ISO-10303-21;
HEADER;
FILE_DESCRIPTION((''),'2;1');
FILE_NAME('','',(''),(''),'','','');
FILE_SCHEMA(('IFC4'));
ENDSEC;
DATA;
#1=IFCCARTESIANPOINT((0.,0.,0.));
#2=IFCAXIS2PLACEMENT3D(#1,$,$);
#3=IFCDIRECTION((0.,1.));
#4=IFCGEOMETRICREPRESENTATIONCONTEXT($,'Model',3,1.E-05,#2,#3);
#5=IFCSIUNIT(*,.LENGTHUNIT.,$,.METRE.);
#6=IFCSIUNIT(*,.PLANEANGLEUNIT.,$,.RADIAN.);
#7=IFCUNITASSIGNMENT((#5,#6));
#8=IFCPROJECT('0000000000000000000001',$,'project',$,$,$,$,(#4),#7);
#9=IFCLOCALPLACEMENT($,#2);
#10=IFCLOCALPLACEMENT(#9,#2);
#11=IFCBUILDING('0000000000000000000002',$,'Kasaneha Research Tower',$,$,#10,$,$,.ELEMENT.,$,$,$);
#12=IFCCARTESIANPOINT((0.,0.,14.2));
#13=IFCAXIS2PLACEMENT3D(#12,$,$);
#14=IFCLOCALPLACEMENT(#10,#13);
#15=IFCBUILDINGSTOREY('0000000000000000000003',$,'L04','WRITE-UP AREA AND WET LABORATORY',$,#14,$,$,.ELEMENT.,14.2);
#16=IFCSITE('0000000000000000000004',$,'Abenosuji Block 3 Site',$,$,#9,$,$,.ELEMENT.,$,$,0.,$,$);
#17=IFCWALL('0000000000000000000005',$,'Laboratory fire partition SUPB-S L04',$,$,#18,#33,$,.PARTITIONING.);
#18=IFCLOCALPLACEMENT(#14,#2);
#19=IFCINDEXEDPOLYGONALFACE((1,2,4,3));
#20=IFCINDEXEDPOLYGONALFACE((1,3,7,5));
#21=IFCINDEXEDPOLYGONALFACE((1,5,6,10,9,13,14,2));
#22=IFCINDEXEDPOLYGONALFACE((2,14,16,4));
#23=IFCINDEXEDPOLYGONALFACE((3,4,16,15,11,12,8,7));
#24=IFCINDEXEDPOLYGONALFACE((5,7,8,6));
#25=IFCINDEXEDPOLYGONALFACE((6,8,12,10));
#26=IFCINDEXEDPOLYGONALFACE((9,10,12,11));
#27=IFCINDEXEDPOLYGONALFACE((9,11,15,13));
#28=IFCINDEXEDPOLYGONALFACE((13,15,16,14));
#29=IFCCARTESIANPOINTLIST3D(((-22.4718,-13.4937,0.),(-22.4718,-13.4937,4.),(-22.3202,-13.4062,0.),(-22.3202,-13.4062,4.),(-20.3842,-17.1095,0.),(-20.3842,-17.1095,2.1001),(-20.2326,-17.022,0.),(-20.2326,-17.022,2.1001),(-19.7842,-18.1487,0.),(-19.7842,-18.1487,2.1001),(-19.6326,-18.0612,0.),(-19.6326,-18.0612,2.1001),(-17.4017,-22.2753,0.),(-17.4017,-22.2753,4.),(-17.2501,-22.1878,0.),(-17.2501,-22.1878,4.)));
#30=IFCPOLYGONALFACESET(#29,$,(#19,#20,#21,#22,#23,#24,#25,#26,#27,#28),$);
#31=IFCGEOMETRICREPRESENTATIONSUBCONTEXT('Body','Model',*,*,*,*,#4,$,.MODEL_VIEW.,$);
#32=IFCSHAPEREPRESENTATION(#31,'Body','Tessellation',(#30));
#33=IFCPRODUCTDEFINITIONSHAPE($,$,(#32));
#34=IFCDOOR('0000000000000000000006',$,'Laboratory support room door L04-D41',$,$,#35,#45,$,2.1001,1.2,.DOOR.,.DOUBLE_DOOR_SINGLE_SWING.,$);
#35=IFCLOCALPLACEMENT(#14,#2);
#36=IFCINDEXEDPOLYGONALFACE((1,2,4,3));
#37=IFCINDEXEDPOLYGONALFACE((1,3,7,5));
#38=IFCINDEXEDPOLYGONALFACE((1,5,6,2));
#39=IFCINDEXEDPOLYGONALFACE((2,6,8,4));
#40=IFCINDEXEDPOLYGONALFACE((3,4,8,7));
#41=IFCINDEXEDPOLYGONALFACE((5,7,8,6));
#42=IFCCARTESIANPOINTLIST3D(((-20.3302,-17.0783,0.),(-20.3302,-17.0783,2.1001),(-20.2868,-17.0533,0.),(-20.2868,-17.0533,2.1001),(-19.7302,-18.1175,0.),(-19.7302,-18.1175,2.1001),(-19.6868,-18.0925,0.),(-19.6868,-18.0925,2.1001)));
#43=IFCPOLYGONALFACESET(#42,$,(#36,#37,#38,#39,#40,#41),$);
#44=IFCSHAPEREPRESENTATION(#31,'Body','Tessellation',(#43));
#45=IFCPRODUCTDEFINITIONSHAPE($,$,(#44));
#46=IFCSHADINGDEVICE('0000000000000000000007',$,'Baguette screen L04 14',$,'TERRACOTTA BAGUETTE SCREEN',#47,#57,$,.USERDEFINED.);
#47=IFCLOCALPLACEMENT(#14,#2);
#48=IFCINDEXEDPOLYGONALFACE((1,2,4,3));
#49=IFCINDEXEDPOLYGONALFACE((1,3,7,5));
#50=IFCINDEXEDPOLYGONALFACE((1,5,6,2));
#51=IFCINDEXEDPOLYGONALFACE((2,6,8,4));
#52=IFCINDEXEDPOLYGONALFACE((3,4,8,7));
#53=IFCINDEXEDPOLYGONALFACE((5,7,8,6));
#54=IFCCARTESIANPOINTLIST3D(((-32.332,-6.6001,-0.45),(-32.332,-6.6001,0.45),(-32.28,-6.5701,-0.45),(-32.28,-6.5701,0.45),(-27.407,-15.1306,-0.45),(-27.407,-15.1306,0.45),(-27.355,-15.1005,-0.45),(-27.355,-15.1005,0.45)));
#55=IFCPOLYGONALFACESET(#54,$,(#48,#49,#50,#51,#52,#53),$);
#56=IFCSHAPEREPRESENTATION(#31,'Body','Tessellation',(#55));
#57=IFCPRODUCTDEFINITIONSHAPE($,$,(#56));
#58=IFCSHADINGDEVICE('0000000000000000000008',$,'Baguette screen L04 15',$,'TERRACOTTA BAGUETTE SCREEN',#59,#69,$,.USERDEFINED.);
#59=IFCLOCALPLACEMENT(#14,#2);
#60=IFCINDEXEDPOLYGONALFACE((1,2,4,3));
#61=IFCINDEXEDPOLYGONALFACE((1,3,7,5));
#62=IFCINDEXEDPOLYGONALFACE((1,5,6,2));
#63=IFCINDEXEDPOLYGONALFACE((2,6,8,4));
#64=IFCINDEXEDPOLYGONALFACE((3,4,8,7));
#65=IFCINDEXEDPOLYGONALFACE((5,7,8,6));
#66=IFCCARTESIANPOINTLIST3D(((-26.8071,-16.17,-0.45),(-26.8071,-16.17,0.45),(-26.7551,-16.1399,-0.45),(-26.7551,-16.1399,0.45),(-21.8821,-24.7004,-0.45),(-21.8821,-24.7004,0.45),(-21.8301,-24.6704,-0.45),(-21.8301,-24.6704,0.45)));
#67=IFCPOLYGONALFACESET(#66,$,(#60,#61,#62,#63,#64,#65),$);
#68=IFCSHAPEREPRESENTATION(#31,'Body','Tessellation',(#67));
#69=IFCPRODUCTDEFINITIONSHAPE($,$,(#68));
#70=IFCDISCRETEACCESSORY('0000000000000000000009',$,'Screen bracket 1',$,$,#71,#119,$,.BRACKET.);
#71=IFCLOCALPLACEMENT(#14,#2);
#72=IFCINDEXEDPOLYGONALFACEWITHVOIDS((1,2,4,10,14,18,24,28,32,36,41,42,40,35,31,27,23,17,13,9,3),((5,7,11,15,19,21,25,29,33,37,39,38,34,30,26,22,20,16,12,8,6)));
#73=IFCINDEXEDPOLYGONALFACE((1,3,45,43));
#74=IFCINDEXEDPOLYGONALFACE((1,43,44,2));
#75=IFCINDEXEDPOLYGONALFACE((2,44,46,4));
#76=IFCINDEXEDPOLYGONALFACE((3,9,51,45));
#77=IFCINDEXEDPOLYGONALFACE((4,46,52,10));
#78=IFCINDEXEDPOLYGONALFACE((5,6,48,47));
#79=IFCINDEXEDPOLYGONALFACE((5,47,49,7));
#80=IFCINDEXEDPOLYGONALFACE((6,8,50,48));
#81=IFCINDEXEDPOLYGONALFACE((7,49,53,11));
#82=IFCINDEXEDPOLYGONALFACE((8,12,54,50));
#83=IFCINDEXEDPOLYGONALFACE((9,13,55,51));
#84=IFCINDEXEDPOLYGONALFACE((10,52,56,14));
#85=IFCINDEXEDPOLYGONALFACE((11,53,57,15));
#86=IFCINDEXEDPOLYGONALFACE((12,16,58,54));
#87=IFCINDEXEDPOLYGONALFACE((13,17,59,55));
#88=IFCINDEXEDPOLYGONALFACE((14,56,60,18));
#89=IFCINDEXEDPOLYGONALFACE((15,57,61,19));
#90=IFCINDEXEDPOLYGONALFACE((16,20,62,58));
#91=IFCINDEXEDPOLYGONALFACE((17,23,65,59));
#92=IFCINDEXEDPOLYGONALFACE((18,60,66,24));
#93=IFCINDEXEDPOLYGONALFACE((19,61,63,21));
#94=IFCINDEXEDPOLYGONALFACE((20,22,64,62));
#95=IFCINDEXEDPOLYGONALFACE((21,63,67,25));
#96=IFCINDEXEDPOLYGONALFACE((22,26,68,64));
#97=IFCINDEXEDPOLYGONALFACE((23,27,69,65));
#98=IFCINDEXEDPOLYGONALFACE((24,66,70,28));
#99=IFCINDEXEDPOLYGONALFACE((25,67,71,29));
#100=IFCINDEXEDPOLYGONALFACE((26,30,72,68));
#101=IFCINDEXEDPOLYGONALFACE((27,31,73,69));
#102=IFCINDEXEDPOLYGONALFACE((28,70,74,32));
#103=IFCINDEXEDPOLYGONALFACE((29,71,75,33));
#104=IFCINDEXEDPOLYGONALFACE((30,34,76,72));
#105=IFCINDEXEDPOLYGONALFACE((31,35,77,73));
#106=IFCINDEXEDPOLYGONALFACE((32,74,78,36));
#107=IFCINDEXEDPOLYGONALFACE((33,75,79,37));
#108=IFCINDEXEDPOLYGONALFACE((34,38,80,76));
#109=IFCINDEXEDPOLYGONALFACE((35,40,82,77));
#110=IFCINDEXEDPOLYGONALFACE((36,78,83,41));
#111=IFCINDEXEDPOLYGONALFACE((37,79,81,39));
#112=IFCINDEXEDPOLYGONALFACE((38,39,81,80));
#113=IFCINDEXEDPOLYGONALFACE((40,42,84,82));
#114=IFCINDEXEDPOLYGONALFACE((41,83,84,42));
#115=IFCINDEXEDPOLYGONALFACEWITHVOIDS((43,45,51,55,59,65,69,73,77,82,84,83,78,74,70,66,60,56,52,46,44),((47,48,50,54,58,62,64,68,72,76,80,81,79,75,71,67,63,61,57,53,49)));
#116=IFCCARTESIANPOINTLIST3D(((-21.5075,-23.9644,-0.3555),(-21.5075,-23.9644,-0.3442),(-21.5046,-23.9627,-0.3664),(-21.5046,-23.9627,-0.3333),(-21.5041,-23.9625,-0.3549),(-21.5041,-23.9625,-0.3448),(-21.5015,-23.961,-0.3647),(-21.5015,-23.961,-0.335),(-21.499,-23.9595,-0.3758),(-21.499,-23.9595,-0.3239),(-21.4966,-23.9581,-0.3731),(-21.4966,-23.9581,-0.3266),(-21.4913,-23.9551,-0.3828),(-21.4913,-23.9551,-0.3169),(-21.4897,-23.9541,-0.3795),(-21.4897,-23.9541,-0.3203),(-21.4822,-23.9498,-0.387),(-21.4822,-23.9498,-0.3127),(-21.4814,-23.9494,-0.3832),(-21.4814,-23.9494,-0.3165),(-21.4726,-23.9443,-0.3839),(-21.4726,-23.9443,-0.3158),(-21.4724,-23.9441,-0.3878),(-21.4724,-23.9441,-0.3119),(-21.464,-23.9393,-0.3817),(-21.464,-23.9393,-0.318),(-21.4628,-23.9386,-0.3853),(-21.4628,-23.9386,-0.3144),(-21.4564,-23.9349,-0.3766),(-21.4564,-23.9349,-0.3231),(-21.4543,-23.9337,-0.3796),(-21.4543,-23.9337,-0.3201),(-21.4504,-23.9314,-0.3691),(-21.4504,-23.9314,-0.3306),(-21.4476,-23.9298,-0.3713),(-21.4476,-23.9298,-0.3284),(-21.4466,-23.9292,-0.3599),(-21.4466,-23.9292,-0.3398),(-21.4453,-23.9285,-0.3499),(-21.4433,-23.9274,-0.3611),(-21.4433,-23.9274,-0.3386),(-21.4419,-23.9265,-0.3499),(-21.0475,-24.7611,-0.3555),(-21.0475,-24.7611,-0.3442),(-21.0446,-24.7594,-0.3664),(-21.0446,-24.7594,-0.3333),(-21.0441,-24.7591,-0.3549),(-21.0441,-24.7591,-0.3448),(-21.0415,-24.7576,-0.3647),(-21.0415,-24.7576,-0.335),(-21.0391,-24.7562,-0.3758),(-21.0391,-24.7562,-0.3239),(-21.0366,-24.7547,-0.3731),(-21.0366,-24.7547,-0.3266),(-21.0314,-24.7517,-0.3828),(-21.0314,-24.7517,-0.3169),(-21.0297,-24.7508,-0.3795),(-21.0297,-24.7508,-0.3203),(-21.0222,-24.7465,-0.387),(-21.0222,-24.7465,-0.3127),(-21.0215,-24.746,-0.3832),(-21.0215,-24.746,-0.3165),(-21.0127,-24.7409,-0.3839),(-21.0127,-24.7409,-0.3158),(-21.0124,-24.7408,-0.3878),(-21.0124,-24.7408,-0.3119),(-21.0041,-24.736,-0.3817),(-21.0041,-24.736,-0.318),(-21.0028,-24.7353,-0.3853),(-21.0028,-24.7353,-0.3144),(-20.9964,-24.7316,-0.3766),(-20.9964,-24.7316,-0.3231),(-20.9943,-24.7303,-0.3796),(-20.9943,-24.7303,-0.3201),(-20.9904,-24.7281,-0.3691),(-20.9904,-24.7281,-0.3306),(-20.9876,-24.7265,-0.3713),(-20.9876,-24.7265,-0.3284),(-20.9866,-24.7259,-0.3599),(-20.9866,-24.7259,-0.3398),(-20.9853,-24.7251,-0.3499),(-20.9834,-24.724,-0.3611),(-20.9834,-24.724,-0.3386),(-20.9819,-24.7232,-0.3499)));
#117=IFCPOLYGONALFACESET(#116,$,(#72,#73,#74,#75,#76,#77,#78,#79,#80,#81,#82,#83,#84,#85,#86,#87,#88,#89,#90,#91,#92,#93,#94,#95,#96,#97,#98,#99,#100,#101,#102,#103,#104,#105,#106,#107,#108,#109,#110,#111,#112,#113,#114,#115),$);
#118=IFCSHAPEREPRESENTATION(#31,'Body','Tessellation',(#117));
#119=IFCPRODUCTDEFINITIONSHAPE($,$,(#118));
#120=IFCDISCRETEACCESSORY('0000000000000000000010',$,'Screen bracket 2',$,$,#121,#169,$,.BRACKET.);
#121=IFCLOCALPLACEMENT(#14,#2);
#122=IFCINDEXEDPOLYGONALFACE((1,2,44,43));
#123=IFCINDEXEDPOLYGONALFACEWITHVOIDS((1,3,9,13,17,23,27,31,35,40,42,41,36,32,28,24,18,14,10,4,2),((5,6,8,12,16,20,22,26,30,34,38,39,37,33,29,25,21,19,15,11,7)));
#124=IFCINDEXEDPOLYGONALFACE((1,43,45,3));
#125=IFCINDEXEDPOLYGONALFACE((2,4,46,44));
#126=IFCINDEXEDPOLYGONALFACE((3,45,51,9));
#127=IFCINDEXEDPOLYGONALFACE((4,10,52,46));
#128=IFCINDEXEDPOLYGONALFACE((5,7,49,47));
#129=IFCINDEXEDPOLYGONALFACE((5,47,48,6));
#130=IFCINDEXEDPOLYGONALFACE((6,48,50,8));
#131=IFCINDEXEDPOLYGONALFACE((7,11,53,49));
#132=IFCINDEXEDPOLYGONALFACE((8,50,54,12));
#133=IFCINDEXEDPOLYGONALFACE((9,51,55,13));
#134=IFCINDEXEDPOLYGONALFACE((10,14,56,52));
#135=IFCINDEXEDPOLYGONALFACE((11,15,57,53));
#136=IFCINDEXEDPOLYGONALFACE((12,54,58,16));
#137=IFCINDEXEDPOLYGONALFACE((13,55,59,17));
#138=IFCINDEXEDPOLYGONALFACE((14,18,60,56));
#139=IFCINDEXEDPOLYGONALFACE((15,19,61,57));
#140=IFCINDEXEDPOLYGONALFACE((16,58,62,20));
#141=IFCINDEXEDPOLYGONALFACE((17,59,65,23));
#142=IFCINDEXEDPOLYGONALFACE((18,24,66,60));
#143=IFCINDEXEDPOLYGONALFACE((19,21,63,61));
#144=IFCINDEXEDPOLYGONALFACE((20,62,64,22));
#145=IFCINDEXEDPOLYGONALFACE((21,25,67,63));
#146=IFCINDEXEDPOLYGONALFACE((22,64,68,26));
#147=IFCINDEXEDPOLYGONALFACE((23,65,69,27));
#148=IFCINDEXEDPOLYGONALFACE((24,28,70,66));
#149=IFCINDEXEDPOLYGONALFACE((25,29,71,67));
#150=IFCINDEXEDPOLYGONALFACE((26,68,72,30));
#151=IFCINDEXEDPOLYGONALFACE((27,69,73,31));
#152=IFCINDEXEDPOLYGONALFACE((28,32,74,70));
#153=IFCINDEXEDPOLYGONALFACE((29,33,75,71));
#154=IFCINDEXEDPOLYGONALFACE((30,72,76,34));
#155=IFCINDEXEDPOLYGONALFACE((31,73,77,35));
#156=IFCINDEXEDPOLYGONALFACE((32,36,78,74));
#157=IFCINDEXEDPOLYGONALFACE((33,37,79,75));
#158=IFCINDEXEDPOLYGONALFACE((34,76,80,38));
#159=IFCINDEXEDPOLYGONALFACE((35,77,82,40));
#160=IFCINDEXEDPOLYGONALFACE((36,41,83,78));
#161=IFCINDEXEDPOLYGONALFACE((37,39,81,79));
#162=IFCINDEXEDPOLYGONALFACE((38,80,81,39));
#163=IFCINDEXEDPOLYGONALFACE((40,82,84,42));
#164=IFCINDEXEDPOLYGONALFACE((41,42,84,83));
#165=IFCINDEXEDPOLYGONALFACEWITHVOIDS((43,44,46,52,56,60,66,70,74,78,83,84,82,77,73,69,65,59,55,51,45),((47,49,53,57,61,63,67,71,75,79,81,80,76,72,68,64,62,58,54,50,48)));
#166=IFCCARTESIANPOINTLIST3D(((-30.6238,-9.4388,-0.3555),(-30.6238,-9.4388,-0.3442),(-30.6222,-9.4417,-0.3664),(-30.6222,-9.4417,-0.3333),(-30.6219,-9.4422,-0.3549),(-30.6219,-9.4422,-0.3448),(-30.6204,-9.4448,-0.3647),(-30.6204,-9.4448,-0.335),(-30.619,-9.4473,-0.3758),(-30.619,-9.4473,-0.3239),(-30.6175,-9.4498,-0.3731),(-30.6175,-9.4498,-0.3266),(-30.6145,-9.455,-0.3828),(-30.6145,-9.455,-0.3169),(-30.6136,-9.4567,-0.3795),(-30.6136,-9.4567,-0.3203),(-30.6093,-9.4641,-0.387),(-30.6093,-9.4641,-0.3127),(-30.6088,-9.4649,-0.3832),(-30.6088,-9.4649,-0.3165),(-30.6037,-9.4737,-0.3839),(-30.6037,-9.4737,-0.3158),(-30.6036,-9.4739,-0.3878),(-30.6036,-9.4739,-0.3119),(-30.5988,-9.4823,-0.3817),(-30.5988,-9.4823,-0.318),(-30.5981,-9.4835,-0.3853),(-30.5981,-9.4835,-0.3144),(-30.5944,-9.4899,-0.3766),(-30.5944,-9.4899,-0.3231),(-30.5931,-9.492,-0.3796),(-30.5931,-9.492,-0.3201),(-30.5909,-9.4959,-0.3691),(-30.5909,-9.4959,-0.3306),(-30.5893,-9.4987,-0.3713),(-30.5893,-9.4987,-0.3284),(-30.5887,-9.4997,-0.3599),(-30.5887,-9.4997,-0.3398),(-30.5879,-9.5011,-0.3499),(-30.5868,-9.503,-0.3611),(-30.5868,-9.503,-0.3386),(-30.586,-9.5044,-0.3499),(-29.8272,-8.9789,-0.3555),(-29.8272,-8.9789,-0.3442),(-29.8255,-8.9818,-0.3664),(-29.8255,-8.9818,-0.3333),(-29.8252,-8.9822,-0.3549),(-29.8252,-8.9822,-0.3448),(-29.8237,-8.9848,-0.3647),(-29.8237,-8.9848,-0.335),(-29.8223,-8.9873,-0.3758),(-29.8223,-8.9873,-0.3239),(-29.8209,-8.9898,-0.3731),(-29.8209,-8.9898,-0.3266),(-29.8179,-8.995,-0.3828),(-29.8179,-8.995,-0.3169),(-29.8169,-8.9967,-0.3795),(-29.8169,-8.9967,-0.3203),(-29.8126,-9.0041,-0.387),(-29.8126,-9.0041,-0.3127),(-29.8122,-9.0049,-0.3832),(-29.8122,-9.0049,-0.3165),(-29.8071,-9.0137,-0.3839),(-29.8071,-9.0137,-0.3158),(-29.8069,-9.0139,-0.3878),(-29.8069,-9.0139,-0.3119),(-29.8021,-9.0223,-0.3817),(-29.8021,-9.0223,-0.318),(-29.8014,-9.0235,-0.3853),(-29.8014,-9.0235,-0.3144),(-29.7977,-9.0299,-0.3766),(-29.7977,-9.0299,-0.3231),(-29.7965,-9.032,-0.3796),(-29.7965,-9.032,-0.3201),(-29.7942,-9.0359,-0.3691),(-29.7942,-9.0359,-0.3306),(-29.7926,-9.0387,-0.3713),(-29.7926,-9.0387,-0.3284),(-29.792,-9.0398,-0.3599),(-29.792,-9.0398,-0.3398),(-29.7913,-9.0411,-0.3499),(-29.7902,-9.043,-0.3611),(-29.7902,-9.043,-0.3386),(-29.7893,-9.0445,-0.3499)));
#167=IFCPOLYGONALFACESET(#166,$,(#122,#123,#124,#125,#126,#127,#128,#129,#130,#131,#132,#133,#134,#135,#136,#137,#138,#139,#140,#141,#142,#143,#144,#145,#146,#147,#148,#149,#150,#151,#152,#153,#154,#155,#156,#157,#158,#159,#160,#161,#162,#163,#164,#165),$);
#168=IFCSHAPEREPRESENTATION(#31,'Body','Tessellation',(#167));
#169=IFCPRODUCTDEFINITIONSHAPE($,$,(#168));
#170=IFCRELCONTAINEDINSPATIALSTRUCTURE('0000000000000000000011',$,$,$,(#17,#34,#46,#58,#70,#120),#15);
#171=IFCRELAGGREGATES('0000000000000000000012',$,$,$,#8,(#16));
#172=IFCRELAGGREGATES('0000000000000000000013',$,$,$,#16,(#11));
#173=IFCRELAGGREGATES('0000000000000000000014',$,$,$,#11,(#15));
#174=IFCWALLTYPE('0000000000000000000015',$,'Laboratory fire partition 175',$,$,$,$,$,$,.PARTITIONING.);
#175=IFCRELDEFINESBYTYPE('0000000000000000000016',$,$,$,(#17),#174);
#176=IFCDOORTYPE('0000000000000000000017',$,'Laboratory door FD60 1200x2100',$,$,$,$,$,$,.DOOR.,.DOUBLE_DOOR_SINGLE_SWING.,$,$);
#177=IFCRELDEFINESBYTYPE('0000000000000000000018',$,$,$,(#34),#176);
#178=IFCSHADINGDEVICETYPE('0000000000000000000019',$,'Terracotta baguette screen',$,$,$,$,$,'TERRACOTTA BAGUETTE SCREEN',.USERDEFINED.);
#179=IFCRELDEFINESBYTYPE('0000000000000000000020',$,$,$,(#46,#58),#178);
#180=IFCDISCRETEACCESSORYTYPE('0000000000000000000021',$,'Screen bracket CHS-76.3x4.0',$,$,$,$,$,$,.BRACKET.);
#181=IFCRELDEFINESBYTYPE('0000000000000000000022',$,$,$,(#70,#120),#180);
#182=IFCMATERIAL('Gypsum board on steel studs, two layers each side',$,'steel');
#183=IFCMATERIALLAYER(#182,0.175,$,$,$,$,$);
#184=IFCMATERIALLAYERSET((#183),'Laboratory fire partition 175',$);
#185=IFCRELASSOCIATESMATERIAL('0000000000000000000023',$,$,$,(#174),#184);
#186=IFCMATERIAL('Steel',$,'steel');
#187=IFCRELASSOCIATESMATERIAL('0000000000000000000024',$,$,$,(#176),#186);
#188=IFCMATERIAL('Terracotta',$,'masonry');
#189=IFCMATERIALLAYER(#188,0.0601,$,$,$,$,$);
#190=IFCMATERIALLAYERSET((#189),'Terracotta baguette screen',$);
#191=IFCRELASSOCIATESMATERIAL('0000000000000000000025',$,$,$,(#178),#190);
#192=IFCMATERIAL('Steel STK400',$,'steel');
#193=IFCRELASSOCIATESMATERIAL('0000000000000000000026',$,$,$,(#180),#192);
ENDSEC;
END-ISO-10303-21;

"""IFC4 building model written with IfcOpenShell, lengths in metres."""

from ifc_helpers import new_model, si_unit, direction, frame, frame_2d, origin, origin_2d, place, context, subcontext, project, spatial, rectangle, hollow_circle, extrude, material, layer, layer_set, material_profile, profile_set, type_object, element, fill, save


model = new_model("IFC4")

# Units and contexts
model_context = context("Model", 3, precision=1e-05, world=origin(), true_north=direction((0.0, 1.0)))
body_context = subcontext(model_context, "Body", "Model", "MODEL_VIEW")
ifc_project = project(units=[si_unit("LENGTHUNIT", "METRE"), si_unit("PLANEANGLEUNIT", "RADIAN")], contexts=[model_context])

# Site, building, storey
site_placement = place(None, origin())
site = spatial("IfcSite", under=ifc_project, at=site_placement, Name="Abenosuji Block 3 Site", CompositionType="ELEMENT", RefElevation=0.0)
building_placement = place(site_placement, origin())
building = spatial("IfcBuilding", under=site, at=building_placement, Name="Kasaneha Research Tower", CompositionType="ELEMENT")
storey_placement = place(building_placement, frame((0.0, 0.0, 14.2)))
storey = spatial("IfcBuildingStorey", under=building, at=storey_placement, Name="L04", Description="WRITE-UP AREA AND WET LABORATORY", CompositionType="ELEMENT", Elevation=14.2)

# Wall, opening, door
ifc_material_1 = material(Name="Gypsum board on steel studs, two layers each side", Category="steel")
ifc_layer_1 = layer(ifc_material_1, 0.175)
ifc_layer_set_1 = layer_set([ifc_layer_1], Name="Laboratory fire partition 175")
wall_type = type_object("IfcWallType", Name="Laboratory fire partition 175", PredefinedType="PARTITIONING", material=ifc_layer_set_1)
ifc_material_2 = material(Name="Steel", Category="steel")
door_type = type_object("IfcDoorType", Name="Laboratory door FD60 1200x2100", OperationType="DOUBLE_DOOR_SINGLE_SWING", PredefinedType="DOOR", material=ifc_material_2)
wall_1_placement = place(storey_placement, frame((-22.396, -13.45, 0.0), z_axis=(0.0, 0.0, 1.0), x_axis=(0.500005, -0.866022, 0.0)))
wall_1 = element("IfcWall", 1, at=wall_1_placement, inside=storey, type_object=wall_type, Name="Laboratory fire partition SUPB-S L04", PredefinedType="PARTITIONING", context=body_context, shape_type="SweptSolid", body=[
    extrude(rectangle(XDim=10.1401, YDim=0.175, at=frame_2d((5.0701, 0.0))), origin(), (0.0, 0.0, 1.0), 4.0),
])
opening_1_placement = place(wall_1_placement, frame((4.175, 0.0, 0.0)))
opening_1 = element("IfcOpeningElement", 2, at=opening_1_placement, cuts=wall_1, PredefinedType="OPENING", context=body_context, shape_type="SweptSolid", body=[
    extrude(rectangle(XDim=1.2, YDim=2.1001, at=frame_2d((0.6001, 1.05))), frame((0.0, 0.0977, 0.0), z_axis=(0.0, -1.0, 0.0), x_axis=(1.0, 0.0, 0.0)), (0.0, 0.0, 1.0), 0.1951),
])
door_1_placement = place(opening_1_placement, origin())
door_1 = element("IfcDoor", 3, at=door_1_placement, inside=storey, type_object=door_type, Name="Laboratory support room door L04-D41", OperationType="DOUBLE_DOOR_SINGLE_SWING", OverallHeight=2.1001, OverallWidth=1.2, PredefinedType="DOOR", context=body_context, shape_type="SweptSolid", body=[
    extrude(rectangle(XDim=1.2, YDim=2.1001, at=frame_2d((0.6001, 1.05))), frame((0.0, 0.0249, 0.0), z_axis=(0.0, -1.0, 0.0), x_axis=(1.0, 0.0, 0.0)), (0.0, 0.0, 1.0), 0.05),
])
fill(opening_1, door_1)

# Shading devices
ifc_material_3 = material(Name="Terracotta", Category="masonry")
ifc_layer_2 = layer(ifc_material_3, 0.0601)
ifc_layer_set_2 = layer_set([ifc_layer_2], Name="Terracotta baguette screen")
shading_device_type = type_object("IfcShadingDeviceType", Name="Terracotta baguette screen", ElementType="TERRACOTTA BAGUETTE SCREEN", PredefinedType="USERDEFINED", material=ifc_layer_set_2)
for number, where, z_axis, x_axis, name in (
    (4, (-29.8435, -10.8503, -0.45), (0.0, 0.0, 1.0), (0.5, -0.866025, 0.0), "Baguette screen L04 14"),
    (5, (-24.3186, -20.4202, -0.45), (0.0, 0.0, 1.0), (0.5, -0.866025, 0.0), "Baguette screen L04 15"),
):
    element("IfcShadingDevice", number, at=place(storey_placement, frame(where, z_axis=z_axis, x_axis=x_axis)), inside=storey, type_object=shading_device_type, Name=name, ObjectType="TERRACOTTA BAGUETTE SCREEN", PredefinedType="USERDEFINED", context=body_context, shape_type="SweptSolid", body=[
        extrude(rectangle(XDim=9.8501, YDim=0.0601, at=origin_2d()), origin(), (0.0, 0.0, 1.0), 0.8999),
    ])

# Discrete accessories
ifc_material_4 = material(Name="Steel STK400", Category="steel")
ifc_material_profile_1 = material_profile(ifc_material_4, hollow_circle(Radius=0.0381, WallThickness=0.0039, at=origin_2d()), Name="CHS-76.3x4.0")
ifc_profile_set_1 = profile_set([ifc_material_profile_1], Name="Steel STK400")
discrete_accessory_type = type_object("IfcDiscreteAccessoryType", Name="Screen bracket CHS-76.3x4.0", PredefinedType="BRACKET", material=ifc_profile_set_1)
for number, where, z_axis, x_axis, name in (
    (6, (-21.4749, -23.9456, -0.3499), (0.500021, -0.866013, 0.0), (0.866013, 0.500021, 0.0), "Screen bracket 1"),
    (7, (-29.8083, -9.0115, -0.3499), (-0.866013, -0.500021, 0.0), (0.500021, -0.866013, 0.0), "Screen bracket 2"),
):
    element("IfcDiscreteAccessory", number, at=place(storey_placement, frame(where, z_axis=z_axis, x_axis=x_axis)), inside=storey, type_object=discrete_accessory_type, Name=name, PredefinedType="BRACKET", context=body_context, shape_type="SweptSolid", body=[
        extrude(hollow_circle(Radius=0.0381, WallThickness=0.0039, at=origin_2d()), origin(), (0.0, 0.0, 1.0), 0.9199),
    ])

save(model, "model.ifc")
